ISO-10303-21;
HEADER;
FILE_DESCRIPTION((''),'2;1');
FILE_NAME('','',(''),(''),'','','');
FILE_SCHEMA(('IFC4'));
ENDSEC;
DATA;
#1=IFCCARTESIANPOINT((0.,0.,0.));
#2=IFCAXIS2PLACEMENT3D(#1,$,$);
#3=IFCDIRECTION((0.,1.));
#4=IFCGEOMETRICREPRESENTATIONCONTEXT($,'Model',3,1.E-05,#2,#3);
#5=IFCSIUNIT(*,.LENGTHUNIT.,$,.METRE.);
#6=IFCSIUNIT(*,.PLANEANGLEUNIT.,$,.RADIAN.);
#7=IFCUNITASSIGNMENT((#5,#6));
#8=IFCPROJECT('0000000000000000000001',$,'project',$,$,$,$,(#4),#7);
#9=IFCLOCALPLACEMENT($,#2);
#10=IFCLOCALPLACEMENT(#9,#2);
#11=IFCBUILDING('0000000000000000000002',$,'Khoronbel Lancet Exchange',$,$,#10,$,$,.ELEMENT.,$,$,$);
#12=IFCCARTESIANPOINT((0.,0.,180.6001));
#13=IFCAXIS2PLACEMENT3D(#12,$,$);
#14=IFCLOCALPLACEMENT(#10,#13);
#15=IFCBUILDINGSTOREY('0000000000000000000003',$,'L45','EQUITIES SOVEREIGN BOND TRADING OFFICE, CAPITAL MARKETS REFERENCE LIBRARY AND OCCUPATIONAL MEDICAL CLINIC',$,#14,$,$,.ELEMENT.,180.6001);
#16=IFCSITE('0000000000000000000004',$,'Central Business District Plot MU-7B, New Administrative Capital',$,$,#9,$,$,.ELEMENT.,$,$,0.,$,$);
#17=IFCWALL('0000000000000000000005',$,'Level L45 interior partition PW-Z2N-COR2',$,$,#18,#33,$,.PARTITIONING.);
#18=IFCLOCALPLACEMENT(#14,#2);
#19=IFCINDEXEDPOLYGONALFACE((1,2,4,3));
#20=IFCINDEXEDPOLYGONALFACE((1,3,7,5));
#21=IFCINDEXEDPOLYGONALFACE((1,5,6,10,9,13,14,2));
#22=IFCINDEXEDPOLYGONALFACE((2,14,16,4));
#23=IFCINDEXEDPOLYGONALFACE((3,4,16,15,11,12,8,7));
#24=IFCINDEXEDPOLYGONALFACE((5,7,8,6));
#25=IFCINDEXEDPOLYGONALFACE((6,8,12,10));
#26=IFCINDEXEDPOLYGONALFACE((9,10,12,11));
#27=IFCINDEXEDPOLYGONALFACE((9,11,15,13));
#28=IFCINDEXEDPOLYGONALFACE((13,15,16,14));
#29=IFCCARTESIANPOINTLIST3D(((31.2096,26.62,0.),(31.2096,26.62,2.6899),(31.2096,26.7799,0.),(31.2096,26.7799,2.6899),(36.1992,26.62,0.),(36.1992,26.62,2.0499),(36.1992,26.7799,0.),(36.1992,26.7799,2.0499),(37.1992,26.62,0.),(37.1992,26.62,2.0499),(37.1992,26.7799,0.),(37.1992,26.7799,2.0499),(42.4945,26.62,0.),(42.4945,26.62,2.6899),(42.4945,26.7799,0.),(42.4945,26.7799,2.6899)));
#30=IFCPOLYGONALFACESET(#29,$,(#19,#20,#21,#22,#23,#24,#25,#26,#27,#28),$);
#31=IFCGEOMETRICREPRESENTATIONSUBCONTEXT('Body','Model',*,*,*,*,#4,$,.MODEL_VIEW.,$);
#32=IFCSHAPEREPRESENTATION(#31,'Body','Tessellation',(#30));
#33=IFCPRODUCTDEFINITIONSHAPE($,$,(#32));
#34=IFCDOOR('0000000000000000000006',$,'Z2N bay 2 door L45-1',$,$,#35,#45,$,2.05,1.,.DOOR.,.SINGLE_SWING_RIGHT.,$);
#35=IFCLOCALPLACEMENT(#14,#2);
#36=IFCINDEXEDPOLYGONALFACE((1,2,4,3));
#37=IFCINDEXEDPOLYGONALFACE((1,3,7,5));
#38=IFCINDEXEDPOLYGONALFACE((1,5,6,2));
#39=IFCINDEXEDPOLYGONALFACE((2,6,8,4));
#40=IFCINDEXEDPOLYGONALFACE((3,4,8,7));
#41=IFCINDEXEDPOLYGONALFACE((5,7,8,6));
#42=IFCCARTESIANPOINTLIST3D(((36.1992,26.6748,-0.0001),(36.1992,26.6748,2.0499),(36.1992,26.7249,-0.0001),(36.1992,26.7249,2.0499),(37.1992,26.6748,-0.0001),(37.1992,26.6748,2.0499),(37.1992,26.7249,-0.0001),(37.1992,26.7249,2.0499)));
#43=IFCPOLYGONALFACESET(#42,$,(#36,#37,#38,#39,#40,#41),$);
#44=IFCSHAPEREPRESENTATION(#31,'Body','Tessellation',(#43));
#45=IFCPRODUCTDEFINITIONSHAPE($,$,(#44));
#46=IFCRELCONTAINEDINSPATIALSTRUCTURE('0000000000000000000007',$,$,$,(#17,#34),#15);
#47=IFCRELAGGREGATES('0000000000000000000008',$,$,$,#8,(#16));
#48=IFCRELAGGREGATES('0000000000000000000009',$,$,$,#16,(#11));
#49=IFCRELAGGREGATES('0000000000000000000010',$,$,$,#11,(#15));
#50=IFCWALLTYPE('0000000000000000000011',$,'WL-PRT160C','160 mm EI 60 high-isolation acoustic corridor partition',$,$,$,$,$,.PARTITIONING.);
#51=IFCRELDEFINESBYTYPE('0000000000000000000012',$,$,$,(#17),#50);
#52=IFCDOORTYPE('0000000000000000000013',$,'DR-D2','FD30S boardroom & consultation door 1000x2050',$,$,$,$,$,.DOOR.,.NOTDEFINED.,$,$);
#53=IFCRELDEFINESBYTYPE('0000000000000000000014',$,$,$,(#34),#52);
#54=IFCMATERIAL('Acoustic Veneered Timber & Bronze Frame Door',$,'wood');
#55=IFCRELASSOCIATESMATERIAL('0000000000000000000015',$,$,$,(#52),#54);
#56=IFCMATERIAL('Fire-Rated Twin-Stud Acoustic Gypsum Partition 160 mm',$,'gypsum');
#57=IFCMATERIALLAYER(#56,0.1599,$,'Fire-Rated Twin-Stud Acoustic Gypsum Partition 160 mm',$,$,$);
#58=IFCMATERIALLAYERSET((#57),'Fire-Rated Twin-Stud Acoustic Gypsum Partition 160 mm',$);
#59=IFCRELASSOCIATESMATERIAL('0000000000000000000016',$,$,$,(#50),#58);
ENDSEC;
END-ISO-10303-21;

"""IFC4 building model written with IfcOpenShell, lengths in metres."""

from ifc_helpers import new_model, si_unit, direction, frame, frame_2d, origin, place, context, subcontext, project, spatial, rectangle, extrude, material, layer, layer_set, type_object, element, fill, save


model = new_model("IFC4")

# Units and contexts
model_context = context("Model", 3, precision=1e-05, world=origin(), true_north=direction((0.0, 1.0)))
body_context = subcontext(model_context, "Body", "Model", "MODEL_VIEW")
ifc_project = project(units=[si_unit("LENGTHUNIT", "METRE"), si_unit("PLANEANGLEUNIT", "RADIAN")], contexts=[model_context])

# Site, building, storey
site_placement = place(None, origin())
site = spatial("IfcSite", under=ifc_project, at=site_placement, Name="Central Business District Plot MU-7B, New Administrative Capital", CompositionType="ELEMENT", RefElevation=0.0)
building_placement = place(site_placement, origin())
building = spatial("IfcBuilding", under=site, at=building_placement, Name="Khoronbel Lancet Exchange", CompositionType="ELEMENT")
storey_placement = place(building_placement, frame((0.0, 0.0, 180.6001)))
storey = spatial("IfcBuildingStorey", under=building, at=storey_placement, Name="L45", Description="EQUITIES SOVEREIGN BOND TRADING OFFICE, CAPITAL MARKETS REFERENCE LIBRARY AND OCCUPATIONAL MEDICAL CLINIC", CompositionType="ELEMENT", Elevation=180.6001)

# Shared definitions
ifc_material_1 = material(Name="Acoustic Veneered Timber & Bronze Frame Door", Category="wood")
door_type_1 = type_object("IfcDoorType", Name="DR-D2", Description="FD30S boardroom & consultation door 1000x2050", OperationType="NOTDEFINED", PredefinedType="DOOR", material=ifc_material_1)

# Wall, opening, door
ifc_material_2 = material(Name="Fire-Rated Twin-Stud Acoustic Gypsum Partition 160 mm", Category="gypsum")
ifc_layer_1 = layer(ifc_material_2, 0.1599, Name="Fire-Rated Twin-Stud Acoustic Gypsum Partition 160 mm")
ifc_layer_set_1 = layer_set([ifc_layer_1], Name="Fire-Rated Twin-Stud Acoustic Gypsum Partition 160 mm")
wall_type_1 = type_object("IfcWallType", Name="WL-PRT160C", Description="160 mm EI 60 high-isolation acoustic corridor partition", PredefinedType="PARTITIONING", material=ifc_layer_set_1)
wall_1_placement = place(storey_placement, frame((31.2095, 26.7, 0.0), z_axis=(0.0, 0.0, 1.0), x_axis=(1.0, 0.0, 0.0)))
wall_1 = element("IfcWall", 1, at=wall_1_placement, inside=storey, type_object=wall_type_1, Name="Level L45 interior partition PW-Z2N-COR2", PredefinedType="PARTITIONING", context=body_context, shape_type="SweptSolid", body=[
    extrude(rectangle(XDim=11.2849, YDim=0.1599, at=frame_2d((5.6426, 0.0))), origin(), (0.0, 0.0, 1.0), 2.6899),
])
opening_1_placement = place(wall_1_placement, frame((4.9897, 0.0, 0.0)))
opening_1 = element("IfcOpeningElement", 2, at=opening_1_placement, cuts=wall_1, PredefinedType="OPENING", context=body_context, shape_type="SweptSolid", body=[
    extrude(rectangle(XDim=1.0, YDim=2.05, at=frame_2d((0.5, 1.0249))), frame((0.0, 0.0898, 0.0), z_axis=(0.0, -1.0, 0.0), x_axis=(1.0, 0.0, 0.0)), (0.0, 0.0, 1.0), 0.1799),
])
door_1_placement = place(opening_1_placement, origin())
door_1 = element("IfcDoor", 3, at=door_1_placement, inside=storey, type_object=door_type_1, Name="Z2N bay 2 door L45-1", OperationType="SINGLE_SWING_RIGHT", OverallHeight=2.05, OverallWidth=1.0, PredefinedType="DOOR", context=body_context, shape_type="SweptSolid", body=[
    extrude(rectangle(XDim=1.0, YDim=2.05, at=frame_2d((0.5, 1.0249))), frame((0.0, 0.0249, 0.0), z_axis=(0.0, -1.0, 0.0), x_axis=(1.0, 0.0, 0.0)), (0.0, 0.0, 1.0), 0.05),
])
fill(opening_1, door_1)

save(model, "model.ifc")
